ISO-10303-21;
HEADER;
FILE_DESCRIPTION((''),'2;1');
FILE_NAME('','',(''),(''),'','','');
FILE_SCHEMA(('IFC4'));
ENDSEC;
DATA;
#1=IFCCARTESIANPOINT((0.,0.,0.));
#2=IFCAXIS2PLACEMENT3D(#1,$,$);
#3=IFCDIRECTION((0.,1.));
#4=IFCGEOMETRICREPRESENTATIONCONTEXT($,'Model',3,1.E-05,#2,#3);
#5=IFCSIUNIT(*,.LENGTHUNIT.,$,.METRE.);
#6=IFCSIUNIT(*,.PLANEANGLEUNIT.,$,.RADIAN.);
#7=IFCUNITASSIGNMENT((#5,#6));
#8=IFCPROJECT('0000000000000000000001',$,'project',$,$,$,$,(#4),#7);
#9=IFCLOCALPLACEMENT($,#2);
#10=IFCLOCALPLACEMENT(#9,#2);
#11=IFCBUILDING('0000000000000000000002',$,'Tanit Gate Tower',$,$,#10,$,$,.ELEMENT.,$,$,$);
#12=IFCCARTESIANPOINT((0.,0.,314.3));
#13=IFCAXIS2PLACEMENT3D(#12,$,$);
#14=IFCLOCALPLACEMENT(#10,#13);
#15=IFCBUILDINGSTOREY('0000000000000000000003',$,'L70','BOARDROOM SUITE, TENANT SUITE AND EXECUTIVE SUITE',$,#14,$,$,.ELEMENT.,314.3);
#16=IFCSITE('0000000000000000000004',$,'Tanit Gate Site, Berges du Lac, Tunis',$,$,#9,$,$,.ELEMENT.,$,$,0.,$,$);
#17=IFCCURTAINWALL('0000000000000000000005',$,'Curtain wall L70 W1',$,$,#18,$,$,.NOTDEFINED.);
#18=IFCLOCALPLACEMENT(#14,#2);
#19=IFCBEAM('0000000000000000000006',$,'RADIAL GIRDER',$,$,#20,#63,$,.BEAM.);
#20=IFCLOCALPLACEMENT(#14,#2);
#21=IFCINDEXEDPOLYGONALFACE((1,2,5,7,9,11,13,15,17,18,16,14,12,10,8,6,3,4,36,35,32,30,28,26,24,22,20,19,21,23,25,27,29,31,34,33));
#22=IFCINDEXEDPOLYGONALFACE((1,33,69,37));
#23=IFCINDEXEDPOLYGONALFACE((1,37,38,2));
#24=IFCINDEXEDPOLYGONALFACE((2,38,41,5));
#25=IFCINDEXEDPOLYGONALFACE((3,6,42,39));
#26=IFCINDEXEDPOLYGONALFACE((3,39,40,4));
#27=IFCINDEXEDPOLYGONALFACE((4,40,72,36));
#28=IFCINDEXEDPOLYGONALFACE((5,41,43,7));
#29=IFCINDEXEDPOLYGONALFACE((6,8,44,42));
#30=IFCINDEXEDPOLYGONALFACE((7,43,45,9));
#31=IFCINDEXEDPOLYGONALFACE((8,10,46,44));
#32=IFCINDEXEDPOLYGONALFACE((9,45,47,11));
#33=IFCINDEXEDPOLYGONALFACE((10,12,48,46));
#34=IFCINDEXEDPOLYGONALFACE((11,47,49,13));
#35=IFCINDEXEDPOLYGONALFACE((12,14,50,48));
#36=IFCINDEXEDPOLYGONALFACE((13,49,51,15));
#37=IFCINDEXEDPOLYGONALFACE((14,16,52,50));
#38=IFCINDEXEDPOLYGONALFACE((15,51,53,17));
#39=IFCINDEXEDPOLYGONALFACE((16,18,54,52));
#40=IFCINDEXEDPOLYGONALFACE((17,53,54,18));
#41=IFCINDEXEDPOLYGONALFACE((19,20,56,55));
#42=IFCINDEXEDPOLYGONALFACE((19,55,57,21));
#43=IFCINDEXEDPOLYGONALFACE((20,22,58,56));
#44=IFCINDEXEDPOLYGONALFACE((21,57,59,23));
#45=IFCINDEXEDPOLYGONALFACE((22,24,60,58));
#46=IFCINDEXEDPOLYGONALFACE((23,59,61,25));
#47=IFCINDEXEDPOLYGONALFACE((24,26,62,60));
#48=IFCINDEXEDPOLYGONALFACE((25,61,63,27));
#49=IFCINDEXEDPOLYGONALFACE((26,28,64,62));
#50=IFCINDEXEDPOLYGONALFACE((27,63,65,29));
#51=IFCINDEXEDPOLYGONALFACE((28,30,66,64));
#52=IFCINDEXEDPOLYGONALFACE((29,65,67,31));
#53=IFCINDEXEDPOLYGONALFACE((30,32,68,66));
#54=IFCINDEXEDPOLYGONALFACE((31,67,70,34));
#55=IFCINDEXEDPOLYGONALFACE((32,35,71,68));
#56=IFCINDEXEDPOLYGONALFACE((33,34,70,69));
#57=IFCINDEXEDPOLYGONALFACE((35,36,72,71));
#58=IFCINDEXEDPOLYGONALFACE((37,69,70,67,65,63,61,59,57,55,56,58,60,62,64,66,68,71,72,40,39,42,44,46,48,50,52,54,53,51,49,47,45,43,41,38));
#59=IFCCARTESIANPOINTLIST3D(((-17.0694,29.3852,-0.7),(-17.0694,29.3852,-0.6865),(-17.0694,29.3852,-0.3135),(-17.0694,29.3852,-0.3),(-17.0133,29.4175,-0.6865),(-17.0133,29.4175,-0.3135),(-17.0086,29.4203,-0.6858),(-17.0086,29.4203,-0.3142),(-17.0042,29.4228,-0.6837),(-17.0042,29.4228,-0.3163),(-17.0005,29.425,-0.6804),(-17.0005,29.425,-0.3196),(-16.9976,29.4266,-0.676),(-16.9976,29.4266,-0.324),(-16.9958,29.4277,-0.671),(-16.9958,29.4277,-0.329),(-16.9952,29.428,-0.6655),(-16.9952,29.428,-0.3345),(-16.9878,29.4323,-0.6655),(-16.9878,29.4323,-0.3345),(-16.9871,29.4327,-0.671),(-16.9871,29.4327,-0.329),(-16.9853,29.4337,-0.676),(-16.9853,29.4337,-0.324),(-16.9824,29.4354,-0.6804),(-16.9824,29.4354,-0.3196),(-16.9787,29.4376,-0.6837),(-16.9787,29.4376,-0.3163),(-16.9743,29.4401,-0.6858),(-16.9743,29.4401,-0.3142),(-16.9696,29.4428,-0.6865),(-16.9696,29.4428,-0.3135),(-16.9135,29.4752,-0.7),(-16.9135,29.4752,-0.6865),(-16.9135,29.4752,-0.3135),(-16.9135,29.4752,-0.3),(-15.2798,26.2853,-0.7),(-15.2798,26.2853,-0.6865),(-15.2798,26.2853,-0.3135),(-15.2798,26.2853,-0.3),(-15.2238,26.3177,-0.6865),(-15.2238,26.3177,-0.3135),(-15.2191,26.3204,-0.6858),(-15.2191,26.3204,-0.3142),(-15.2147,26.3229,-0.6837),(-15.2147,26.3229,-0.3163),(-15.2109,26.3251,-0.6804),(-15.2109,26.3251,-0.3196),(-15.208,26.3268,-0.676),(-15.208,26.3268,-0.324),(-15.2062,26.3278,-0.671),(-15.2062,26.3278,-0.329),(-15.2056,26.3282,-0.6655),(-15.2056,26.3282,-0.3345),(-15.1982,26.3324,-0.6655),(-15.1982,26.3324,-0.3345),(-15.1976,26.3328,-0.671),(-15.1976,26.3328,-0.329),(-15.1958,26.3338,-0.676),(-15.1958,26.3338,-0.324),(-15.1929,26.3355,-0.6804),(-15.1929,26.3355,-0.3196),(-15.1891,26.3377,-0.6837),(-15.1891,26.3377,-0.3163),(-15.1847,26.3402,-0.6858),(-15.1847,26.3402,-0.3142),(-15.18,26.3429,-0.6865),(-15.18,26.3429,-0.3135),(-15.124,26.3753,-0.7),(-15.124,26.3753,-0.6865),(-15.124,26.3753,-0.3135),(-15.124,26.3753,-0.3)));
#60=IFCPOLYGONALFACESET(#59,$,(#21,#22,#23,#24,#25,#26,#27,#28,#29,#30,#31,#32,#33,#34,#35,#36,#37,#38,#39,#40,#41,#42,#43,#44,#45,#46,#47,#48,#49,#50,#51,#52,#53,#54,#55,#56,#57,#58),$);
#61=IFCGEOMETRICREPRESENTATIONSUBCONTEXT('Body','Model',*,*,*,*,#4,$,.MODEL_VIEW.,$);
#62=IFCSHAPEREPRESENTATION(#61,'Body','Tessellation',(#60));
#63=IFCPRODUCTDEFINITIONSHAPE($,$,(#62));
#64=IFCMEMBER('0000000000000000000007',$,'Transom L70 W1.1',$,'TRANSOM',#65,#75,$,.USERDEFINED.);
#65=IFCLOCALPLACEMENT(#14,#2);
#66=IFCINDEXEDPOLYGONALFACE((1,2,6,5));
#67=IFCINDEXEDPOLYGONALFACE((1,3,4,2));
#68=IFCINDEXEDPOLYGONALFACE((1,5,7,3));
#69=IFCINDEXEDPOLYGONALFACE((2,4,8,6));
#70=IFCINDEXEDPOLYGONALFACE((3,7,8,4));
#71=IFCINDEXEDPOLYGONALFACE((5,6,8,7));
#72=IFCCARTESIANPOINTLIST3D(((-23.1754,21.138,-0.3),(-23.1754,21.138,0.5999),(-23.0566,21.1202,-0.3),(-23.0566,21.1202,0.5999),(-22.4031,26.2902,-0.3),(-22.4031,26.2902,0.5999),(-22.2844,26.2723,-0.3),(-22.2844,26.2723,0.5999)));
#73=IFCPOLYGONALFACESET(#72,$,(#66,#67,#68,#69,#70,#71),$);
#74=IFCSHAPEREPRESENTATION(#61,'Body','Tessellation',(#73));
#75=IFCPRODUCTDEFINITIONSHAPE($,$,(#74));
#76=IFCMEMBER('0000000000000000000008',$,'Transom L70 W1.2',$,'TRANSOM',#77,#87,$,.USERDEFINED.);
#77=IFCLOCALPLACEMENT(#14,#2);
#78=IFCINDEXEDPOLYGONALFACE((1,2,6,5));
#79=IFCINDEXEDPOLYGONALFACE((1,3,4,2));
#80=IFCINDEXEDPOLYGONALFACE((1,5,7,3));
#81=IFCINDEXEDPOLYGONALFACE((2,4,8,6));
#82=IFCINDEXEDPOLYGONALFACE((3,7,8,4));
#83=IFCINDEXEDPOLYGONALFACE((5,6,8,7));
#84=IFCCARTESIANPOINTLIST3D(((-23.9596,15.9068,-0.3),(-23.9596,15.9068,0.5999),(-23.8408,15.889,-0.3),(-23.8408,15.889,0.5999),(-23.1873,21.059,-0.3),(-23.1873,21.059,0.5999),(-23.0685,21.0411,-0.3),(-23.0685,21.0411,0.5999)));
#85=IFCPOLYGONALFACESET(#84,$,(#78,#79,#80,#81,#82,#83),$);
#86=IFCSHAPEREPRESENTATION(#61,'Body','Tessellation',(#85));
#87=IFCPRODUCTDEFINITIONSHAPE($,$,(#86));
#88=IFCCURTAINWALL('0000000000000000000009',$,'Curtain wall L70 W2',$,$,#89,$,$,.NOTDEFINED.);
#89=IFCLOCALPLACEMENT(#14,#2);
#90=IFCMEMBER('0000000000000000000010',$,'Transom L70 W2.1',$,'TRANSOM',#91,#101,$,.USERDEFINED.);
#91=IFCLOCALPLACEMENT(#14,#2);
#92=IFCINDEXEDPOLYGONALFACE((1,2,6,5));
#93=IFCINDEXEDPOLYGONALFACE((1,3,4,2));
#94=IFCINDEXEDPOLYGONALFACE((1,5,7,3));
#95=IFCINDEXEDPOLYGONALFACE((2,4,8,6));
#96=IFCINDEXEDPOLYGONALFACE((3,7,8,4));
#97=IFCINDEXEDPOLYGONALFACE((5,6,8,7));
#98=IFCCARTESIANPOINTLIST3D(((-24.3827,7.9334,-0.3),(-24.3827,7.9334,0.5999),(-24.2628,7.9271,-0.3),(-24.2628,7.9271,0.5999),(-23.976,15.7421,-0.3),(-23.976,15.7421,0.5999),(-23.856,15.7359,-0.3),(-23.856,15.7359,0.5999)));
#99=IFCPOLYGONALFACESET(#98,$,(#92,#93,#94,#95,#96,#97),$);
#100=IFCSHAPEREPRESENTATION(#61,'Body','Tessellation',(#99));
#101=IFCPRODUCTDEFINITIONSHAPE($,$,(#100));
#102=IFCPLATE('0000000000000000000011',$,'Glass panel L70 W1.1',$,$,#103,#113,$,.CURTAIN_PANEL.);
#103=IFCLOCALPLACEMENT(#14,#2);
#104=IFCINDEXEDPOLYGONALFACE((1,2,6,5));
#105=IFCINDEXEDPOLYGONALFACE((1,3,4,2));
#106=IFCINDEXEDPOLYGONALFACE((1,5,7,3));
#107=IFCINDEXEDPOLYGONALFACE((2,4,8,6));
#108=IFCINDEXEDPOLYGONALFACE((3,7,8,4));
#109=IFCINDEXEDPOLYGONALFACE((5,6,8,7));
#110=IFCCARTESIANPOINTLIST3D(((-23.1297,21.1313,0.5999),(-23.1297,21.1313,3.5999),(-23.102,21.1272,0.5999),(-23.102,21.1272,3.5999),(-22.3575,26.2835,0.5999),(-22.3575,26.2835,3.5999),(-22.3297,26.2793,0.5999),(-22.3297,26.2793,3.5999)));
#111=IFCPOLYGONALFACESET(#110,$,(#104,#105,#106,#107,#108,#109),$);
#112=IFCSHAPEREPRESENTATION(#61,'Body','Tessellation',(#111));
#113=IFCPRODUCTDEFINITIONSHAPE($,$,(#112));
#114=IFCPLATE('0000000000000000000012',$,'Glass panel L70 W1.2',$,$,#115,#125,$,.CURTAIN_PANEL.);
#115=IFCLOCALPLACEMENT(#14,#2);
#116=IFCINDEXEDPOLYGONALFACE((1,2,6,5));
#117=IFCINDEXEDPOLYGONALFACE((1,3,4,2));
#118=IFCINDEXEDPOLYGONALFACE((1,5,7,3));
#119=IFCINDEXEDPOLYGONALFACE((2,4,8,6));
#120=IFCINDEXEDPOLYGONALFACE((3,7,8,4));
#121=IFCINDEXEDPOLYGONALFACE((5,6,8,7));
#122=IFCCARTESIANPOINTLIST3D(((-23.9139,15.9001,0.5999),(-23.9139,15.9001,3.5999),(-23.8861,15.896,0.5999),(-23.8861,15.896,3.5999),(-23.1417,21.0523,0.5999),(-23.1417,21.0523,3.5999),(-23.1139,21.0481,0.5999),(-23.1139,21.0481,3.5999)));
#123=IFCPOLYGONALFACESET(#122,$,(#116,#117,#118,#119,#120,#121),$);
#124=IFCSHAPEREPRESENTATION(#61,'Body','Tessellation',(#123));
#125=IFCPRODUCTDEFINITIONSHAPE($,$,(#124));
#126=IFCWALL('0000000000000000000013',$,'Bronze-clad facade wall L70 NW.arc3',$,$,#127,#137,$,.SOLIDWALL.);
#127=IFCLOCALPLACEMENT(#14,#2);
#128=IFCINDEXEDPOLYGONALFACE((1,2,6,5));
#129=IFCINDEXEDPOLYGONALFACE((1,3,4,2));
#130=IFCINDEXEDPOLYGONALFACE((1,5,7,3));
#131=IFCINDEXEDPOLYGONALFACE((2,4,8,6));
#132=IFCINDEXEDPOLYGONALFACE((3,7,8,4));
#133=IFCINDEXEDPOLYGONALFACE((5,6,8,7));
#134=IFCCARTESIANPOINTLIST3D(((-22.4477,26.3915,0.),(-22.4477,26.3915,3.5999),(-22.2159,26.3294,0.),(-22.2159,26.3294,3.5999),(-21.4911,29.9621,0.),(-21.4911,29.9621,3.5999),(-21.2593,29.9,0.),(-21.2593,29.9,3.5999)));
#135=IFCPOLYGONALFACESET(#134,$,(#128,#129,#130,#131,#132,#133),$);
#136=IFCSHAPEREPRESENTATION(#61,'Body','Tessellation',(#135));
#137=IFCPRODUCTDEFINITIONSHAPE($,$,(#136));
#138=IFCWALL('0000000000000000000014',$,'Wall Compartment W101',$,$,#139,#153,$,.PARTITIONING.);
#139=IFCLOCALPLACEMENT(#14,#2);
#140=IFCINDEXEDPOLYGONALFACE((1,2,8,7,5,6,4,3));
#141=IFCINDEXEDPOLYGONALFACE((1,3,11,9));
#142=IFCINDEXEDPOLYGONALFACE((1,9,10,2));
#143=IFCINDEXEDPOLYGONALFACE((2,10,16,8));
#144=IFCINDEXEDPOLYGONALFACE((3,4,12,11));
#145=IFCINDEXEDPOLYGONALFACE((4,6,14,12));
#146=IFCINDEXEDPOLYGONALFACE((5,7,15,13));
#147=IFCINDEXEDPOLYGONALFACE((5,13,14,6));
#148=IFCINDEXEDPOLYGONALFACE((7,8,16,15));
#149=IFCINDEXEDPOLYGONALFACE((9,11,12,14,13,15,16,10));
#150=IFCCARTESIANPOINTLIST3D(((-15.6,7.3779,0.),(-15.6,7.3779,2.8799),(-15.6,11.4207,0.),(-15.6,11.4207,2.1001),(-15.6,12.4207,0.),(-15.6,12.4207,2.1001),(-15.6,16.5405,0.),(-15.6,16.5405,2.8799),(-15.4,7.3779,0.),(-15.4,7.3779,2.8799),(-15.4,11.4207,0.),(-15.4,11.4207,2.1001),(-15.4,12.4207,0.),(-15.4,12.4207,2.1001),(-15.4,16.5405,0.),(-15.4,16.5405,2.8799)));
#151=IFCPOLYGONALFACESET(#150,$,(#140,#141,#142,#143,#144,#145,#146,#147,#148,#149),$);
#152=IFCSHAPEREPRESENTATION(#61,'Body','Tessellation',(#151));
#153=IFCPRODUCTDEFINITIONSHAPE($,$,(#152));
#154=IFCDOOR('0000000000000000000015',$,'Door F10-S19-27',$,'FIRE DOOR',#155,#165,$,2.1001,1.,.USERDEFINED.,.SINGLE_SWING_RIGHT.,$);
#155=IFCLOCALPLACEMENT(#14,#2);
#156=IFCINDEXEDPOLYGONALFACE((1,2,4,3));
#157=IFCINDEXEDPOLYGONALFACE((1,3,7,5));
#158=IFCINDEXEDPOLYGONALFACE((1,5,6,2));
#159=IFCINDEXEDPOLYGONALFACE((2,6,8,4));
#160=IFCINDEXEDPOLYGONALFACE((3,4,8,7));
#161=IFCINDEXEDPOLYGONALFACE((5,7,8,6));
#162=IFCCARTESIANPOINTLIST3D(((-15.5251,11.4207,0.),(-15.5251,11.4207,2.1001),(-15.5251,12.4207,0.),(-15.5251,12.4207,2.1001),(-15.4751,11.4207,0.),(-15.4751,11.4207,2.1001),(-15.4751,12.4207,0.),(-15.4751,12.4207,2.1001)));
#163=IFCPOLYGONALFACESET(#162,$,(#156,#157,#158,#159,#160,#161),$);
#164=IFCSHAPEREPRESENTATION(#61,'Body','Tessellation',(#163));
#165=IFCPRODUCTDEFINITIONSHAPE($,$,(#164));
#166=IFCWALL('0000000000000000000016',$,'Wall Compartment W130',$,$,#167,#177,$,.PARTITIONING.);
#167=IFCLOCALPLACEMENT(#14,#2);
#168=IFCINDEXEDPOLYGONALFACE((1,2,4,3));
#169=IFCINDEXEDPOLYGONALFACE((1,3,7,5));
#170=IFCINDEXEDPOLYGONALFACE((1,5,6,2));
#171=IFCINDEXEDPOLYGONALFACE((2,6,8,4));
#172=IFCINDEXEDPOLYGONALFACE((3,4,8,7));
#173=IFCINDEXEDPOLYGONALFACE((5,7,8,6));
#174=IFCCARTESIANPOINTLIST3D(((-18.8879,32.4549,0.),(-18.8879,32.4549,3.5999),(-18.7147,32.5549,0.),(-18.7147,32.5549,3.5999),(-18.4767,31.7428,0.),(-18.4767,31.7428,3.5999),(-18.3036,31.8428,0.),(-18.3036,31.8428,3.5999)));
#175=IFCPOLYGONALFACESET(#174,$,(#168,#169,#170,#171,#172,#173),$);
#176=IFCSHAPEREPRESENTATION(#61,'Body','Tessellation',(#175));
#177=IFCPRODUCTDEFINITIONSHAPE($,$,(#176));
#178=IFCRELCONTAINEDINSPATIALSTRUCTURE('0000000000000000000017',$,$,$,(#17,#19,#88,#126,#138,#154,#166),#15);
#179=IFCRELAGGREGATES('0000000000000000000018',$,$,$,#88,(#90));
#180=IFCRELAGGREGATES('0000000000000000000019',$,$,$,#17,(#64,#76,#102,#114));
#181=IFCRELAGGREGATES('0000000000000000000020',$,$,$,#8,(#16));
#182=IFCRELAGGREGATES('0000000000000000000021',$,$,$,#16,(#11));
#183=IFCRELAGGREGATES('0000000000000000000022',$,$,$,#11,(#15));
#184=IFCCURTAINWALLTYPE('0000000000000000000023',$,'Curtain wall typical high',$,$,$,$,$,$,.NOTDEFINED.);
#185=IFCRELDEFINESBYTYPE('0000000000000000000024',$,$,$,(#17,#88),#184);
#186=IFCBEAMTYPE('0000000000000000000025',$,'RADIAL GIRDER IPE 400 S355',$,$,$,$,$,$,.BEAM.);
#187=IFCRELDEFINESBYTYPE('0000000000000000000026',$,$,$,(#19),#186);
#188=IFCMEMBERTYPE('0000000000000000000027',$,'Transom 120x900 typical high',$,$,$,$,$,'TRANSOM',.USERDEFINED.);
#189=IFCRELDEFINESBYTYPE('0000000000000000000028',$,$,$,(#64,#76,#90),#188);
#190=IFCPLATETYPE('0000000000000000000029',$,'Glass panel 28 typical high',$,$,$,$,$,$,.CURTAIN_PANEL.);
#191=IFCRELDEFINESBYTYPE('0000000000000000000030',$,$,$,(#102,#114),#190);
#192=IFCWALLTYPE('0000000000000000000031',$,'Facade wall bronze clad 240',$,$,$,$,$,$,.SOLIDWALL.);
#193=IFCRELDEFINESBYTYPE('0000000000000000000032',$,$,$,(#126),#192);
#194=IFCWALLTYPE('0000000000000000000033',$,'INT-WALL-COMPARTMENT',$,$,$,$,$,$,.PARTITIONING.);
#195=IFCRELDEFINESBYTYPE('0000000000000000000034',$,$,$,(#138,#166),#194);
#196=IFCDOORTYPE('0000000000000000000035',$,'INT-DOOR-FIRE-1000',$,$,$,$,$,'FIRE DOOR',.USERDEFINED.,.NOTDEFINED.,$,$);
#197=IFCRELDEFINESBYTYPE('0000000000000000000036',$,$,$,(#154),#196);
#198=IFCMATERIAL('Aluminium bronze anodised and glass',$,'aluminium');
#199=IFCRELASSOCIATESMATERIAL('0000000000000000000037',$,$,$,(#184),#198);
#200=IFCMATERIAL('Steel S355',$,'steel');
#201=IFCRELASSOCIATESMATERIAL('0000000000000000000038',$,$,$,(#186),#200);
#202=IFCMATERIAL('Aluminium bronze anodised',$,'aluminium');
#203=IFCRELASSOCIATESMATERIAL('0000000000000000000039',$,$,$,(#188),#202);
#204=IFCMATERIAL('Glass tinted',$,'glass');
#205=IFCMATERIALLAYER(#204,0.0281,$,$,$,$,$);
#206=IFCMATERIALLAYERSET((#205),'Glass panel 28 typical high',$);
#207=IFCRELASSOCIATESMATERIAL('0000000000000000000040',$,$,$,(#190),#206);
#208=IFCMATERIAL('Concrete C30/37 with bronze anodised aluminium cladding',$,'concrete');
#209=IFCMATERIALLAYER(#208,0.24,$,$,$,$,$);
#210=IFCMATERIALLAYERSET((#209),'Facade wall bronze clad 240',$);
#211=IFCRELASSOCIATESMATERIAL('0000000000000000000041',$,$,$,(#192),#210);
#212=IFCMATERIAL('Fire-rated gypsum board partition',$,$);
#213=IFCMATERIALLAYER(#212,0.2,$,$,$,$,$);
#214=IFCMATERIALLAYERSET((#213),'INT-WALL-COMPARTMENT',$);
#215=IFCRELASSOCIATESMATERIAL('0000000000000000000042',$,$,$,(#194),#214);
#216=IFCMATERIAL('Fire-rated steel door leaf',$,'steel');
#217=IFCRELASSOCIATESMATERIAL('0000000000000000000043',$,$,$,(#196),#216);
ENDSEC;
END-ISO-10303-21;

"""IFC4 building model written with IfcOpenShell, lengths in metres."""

from ifc_helpers import new_model, si_unit, direction, frame, frame_2d, origin, origin_2d, place, context, subcontext, project, spatial, rectangle, i_section, extrude, material, layer, layer_set, material_profile, profile_set, type_object, element, fill, aggregate, save


model = new_model("IFC4")

# Units and contexts
model_context = context("Model", 3, precision=1e-05, world=origin(), true_north=direction((0.0, 1.0)))
body_context = subcontext(model_context, "Body", "Model", "MODEL_VIEW")
ifc_project = project(units=[si_unit("LENGTHUNIT", "METRE"), si_unit("PLANEANGLEUNIT", "RADIAN")], contexts=[model_context])

# Site, building, storey
site_placement = place(None, origin())
site = spatial("IfcSite", under=ifc_project, at=site_placement, Name="Tanit Gate Site, Berges du Lac, Tunis", CompositionType="ELEMENT", RefElevation=0.0)
building_placement = place(site_placement, origin())
building = spatial("IfcBuilding", under=site, at=building_placement, Name="Tanit Gate Tower", CompositionType="ELEMENT")
storey_placement = place(building_placement, frame((0.0, 0.0, 314.3)))
storey = spatial("IfcBuildingStorey", under=building, at=storey_placement, Name="L70", Description="BOARDROOM SUITE, TENANT SUITE AND EXECUTIVE SUITE", CompositionType="ELEMENT", Elevation=314.3)

# Curtain wall
ifc_material_1 = material(Name="Aluminium bronze anodised and glass", Category="aluminium")
curtain_wall_type = type_object("IfcCurtainWallType", Name="Curtain wall typical high", PredefinedType="NOTDEFINED", material=ifc_material_1)
curtain_wall_1_placement = place(storey_placement, origin())
curtain_wall_1 = element("IfcCurtainWall", 1, at=curtain_wall_1_placement, inside=storey, type_object=curtain_wall_type, Name="Curtain wall L70 W1", PredefinedType="NOTDEFINED")

# Beam
ifc_material_2 = material(Name="Steel S355", Category="steel")
ifc_material_profile_1 = material_profile(ifc_material_2, i_section(OverallWidth=0.1799, OverallDepth=0.3999, WebThickness=0.0085, FlangeThickness=0.0134, FilletRadius=0.021, at=origin_2d()), Name="IPE 400")
ifc_profile_set_1 = profile_set([ifc_material_profile_1], Name="Steel S355")
beam_type_1 = type_object("IfcBeamType", Name="RADIAL GIRDER IPE 400 S355", PredefinedType="BEAM", material=ifc_profile_set_1)
beam_1_placement = place(storey_placement, frame((-16.9915, 29.4302, -0.5), z_axis=(0.499968, -0.866044, 0.0), x_axis=(0.866044, 0.499968, 0.0)))
element("IfcBeam", 2, at=beam_1_placement, inside=storey, type_object=beam_type_1, Name="RADIAL GIRDER", PredefinedType="BEAM", context=body_context, shape_type="SweptSolid", body=[
    extrude(i_section(OverallWidth=0.1799, OverallDepth=0.3999, WebThickness=0.0085, FlangeThickness=0.0134, FilletRadius=0.021, at=origin_2d()), origin(), (0.0, 0.0, 1.0), 3.5793),
])

# Members
ifc_material_3 = material(Name="Aluminium bronze anodised", Category="aluminium")
ifc_material_profile_2 = material_profile(ifc_material_3, rectangle(XDim=0.1201, YDim=0.8999, at=origin_2d()), Name="120x900 bronze transom")
ifc_profile_set_2 = profile_set([ifc_material_profile_2], Name="Aluminium bronze anodised")
member_type_1 = type_object("IfcMemberType", Name="Transom 120x900 typical high", ElementType="TRANSOM", PredefinedType="USERDEFINED", material=ifc_profile_set_2)
member_1_placement = place(storey_placement, frame((-22.3438, 26.2812, 0.1499), z_axis=(-0.148228, -0.988953, 0.0), x_axis=(0.988953, -0.148228, 0.0)))
member_1 = element("IfcMember", 3, at=member_1_placement, type_object=member_type_1, Name="Transom L70 W1.1", ObjectType="TRANSOM", PredefinedType="USERDEFINED", context=body_context, shape_type="SweptSolid", body=[
    extrude(rectangle(XDim=0.1201, YDim=0.8999, at=origin_2d()), origin(), (0.0, 0.0, 1.0), 5.2097),
])
member_2_placement = place(storey_placement, frame((-23.1279, 21.05, 0.1499), z_axis=(-0.148228, -0.988953, 0.0), x_axis=(0.988953, -0.148228, 0.0)))
member_2 = element("IfcMember", 4, at=member_2_placement, type_object=member_type_1, Name="Transom L70 W1.2", ObjectType="TRANSOM", PredefinedType="USERDEFINED", context=body_context, shape_type="SweptSolid", body=[
    extrude(rectangle(XDim=0.1201, YDim=0.8999, at=origin_2d()), origin(), (0.0, 0.0, 1.0), 5.2097),
])

# Curtain wall, member
curtain_wall_2_placement = place(storey_placement, origin())
curtain_wall_2 = element("IfcCurtainWall", 5, at=curtain_wall_2_placement, inside=storey, type_object=curtain_wall_type, Name="Curtain wall L70 W2", PredefinedType="NOTDEFINED")
member_3_placement = place(storey_placement, frame((-23.916, 15.739, 0.1499), z_axis=(-0.052016, -0.998646, 0.0), x_axis=(0.998646, -0.052016, 0.0)))
member_3 = element("IfcMember", 6, at=member_3_placement, type_object=member_type_1, Name="Transom L70 W2.1", ObjectType="TRANSOM", PredefinedType="USERDEFINED", context=body_context, shape_type="SweptSolid", body=[
    extrude(rectangle(XDim=0.1201, YDim=0.8999, at=origin_2d()), origin(), (0.0, 0.0, 1.0), 7.8193),
])
aggregate(curtain_wall_2, [member_3])

# Plates
ifc_material_4 = material(Name="Glass tinted", Category="glass")
ifc_layer_1 = layer(ifc_material_4, 0.0281)
ifc_layer_set_1 = layer_set([ifc_layer_1], Name="Glass panel 28 typical high")
plate_type = type_object("IfcPlateType", Name="Glass panel 28 typical high", PredefinedType="CURTAIN_PANEL", material=ifc_layer_set_1)
plate_1_placement = place(storey_placement, frame((-22.7297, 23.7053, 0.5999), z_axis=(0.0, 0.0, 1.0), x_axis=(-0.148229, -0.988953, 0.0)))
plate_1 = element("IfcPlate", 7, at=plate_1_placement, type_object=plate_type, Name="Glass panel L70 W1.1", PredefinedType="CURTAIN_PANEL", context=body_context, shape_type="SweptSolid", body=[
    extrude(rectangle(XDim=5.2097, YDim=0.0281, at=origin_2d()), origin(), (0.0, 0.0, 1.0), 3.0),
])
plate_2_placement = place(storey_placement, frame((-23.5139, 18.4741, 0.5999), z_axis=(0.0, 0.0, 1.0), x_axis=(-0.148229, -0.988953, 0.0)))
plate_2 = element("IfcPlate", 8, at=plate_2_placement, type_object=plate_type, Name="Glass panel L70 W1.2", PredefinedType="CURTAIN_PANEL", context=body_context, shape_type="SweptSolid", body=[
    extrude(rectangle(XDim=5.2097, YDim=0.0281, at=origin_2d()), origin(), (0.0, 0.0, 1.0), 3.0),
])
aggregate(curtain_wall_1, [member_1, member_2, plate_1, plate_2])

# Wall
ifc_material_5 = material(Name="Concrete C30/37 with bronze anodised aluminium cladding", Category="concrete")
ifc_layer_2 = layer(ifc_material_5, 0.24)
ifc_layer_set_2 = layer_set([ifc_layer_2], Name="Facade wall bronze clad 240")
wall_type_1 = type_object("IfcWallType", Name="Facade wall bronze clad 240", PredefinedType="SOLIDWALL", material=ifc_layer_set_2)
wall_1_placement = place(storey_placement, frame((-21.3752, 29.9309, 0.0), z_axis=(0.0, 0.0, 1.0), x_axis=(-0.258772, -0.965938, 0.0)))
element("IfcWall", 9, at=wall_1_placement, inside=storey, type_object=wall_type_1, Name="Bronze-clad facade wall L70 NW.arc3", PredefinedType="SOLIDWALL", context=body_context, shape_type="SweptSolid", body=[
    extrude(rectangle(XDim=3.6965, YDim=0.24, at=frame_2d((1.8481, 0.0))), origin(), (0.0, 0.0, 1.0), 3.5999),
])

# Wall, opening, door
ifc_material_6 = material(Name="Fire-rated gypsum board partition")
ifc_layer_3 = layer(ifc_material_6, 0.2)
ifc_layer_set_3 = layer_set([ifc_layer_3], Name="INT-WALL-COMPARTMENT")
wall_type_2 = type_object("IfcWallType", Name="INT-WALL-COMPARTMENT", PredefinedType="PARTITIONING", material=ifc_layer_set_3)
wall_2_placement = place(storey_placement, frame((-15.5, 16.5405, 0.0), z_axis=(0.0, 0.0, 1.0), x_axis=(0.0, -1.0, 0.0)))
wall_2 = element("IfcWall", 10, at=wall_2_placement, inside=storey, type_object=wall_type_2, Name="Wall Compartment W101", PredefinedType="PARTITIONING", context=body_context, shape_type="SweptSolid", body=[
    extrude(rectangle(XDim=9.1626, YDim=0.2, at=frame_2d((4.5813, 0.0))), origin(), (0.0, 0.0, 1.0), 2.8799),
])
opening_placement = place(wall_2_placement, frame((4.1199, 0.0, 0.0)))
opening = element("IfcOpeningElement", 11, at=opening_placement, cuts=wall_2, PredefinedType="OPENING", context=body_context, shape_type="SweptSolid", body=[
    extrude(rectangle(XDim=1.0, YDim=2.1001, at=frame_2d((0.5, 1.05))), frame((0.0, 0.1099, 0.0), z_axis=(0.0, -1.0, 0.0), x_axis=(1.0, 0.0, 0.0)), (0.0, 0.0, 1.0), 0.22),
])
ifc_material_7 = material(Name="Fire-rated steel door leaf", Category="steel")
door_type = type_object("IfcDoorType", Name="INT-DOOR-FIRE-1000", ElementType="FIRE DOOR", OperationType="NOTDEFINED", PredefinedType="USERDEFINED", material=ifc_material_7)
door_placement = place(opening_placement, origin())
door = element("IfcDoor", 12, at=door_placement, inside=storey, type_object=door_type, Name="Door F10-S19-27", ObjectType="FIRE DOOR", OperationType="SINGLE_SWING_RIGHT", OverallHeight=2.1001, OverallWidth=1.0, PredefinedType="USERDEFINED", context=body_context, shape_type="SweptSolid", body=[
    extrude(rectangle(XDim=1.0, YDim=2.1001, at=frame_2d((0.5, 1.05))), frame((0.0, 0.0249, 0.0), z_axis=(0.0, -1.0, 0.0), x_axis=(1.0, 0.0, 0.0)), (0.0, 0.0, 1.0), 0.05),
])
fill(opening, door)

# Wall
wall_3_placement = place(storey_placement, frame((-18.8013, 32.5049, 0.0), z_axis=(0.0, 0.0, 1.0), x_axis=(0.499971, -0.866042, 0.0)))
element("IfcWall", 13, at=wall_3_placement, inside=storey, type_object=wall_type_2, Name="Wall Compartment W130", PredefinedType="PARTITIONING", context=body_context, shape_type="SweptSolid", body=[
    extrude(rectangle(XDim=0.8223, YDim=0.2, at=frame_2d((0.4111, 0.0))), origin(), (0.0, 0.0, 1.0), 3.5999),
])

save(model, "model.ifc")
